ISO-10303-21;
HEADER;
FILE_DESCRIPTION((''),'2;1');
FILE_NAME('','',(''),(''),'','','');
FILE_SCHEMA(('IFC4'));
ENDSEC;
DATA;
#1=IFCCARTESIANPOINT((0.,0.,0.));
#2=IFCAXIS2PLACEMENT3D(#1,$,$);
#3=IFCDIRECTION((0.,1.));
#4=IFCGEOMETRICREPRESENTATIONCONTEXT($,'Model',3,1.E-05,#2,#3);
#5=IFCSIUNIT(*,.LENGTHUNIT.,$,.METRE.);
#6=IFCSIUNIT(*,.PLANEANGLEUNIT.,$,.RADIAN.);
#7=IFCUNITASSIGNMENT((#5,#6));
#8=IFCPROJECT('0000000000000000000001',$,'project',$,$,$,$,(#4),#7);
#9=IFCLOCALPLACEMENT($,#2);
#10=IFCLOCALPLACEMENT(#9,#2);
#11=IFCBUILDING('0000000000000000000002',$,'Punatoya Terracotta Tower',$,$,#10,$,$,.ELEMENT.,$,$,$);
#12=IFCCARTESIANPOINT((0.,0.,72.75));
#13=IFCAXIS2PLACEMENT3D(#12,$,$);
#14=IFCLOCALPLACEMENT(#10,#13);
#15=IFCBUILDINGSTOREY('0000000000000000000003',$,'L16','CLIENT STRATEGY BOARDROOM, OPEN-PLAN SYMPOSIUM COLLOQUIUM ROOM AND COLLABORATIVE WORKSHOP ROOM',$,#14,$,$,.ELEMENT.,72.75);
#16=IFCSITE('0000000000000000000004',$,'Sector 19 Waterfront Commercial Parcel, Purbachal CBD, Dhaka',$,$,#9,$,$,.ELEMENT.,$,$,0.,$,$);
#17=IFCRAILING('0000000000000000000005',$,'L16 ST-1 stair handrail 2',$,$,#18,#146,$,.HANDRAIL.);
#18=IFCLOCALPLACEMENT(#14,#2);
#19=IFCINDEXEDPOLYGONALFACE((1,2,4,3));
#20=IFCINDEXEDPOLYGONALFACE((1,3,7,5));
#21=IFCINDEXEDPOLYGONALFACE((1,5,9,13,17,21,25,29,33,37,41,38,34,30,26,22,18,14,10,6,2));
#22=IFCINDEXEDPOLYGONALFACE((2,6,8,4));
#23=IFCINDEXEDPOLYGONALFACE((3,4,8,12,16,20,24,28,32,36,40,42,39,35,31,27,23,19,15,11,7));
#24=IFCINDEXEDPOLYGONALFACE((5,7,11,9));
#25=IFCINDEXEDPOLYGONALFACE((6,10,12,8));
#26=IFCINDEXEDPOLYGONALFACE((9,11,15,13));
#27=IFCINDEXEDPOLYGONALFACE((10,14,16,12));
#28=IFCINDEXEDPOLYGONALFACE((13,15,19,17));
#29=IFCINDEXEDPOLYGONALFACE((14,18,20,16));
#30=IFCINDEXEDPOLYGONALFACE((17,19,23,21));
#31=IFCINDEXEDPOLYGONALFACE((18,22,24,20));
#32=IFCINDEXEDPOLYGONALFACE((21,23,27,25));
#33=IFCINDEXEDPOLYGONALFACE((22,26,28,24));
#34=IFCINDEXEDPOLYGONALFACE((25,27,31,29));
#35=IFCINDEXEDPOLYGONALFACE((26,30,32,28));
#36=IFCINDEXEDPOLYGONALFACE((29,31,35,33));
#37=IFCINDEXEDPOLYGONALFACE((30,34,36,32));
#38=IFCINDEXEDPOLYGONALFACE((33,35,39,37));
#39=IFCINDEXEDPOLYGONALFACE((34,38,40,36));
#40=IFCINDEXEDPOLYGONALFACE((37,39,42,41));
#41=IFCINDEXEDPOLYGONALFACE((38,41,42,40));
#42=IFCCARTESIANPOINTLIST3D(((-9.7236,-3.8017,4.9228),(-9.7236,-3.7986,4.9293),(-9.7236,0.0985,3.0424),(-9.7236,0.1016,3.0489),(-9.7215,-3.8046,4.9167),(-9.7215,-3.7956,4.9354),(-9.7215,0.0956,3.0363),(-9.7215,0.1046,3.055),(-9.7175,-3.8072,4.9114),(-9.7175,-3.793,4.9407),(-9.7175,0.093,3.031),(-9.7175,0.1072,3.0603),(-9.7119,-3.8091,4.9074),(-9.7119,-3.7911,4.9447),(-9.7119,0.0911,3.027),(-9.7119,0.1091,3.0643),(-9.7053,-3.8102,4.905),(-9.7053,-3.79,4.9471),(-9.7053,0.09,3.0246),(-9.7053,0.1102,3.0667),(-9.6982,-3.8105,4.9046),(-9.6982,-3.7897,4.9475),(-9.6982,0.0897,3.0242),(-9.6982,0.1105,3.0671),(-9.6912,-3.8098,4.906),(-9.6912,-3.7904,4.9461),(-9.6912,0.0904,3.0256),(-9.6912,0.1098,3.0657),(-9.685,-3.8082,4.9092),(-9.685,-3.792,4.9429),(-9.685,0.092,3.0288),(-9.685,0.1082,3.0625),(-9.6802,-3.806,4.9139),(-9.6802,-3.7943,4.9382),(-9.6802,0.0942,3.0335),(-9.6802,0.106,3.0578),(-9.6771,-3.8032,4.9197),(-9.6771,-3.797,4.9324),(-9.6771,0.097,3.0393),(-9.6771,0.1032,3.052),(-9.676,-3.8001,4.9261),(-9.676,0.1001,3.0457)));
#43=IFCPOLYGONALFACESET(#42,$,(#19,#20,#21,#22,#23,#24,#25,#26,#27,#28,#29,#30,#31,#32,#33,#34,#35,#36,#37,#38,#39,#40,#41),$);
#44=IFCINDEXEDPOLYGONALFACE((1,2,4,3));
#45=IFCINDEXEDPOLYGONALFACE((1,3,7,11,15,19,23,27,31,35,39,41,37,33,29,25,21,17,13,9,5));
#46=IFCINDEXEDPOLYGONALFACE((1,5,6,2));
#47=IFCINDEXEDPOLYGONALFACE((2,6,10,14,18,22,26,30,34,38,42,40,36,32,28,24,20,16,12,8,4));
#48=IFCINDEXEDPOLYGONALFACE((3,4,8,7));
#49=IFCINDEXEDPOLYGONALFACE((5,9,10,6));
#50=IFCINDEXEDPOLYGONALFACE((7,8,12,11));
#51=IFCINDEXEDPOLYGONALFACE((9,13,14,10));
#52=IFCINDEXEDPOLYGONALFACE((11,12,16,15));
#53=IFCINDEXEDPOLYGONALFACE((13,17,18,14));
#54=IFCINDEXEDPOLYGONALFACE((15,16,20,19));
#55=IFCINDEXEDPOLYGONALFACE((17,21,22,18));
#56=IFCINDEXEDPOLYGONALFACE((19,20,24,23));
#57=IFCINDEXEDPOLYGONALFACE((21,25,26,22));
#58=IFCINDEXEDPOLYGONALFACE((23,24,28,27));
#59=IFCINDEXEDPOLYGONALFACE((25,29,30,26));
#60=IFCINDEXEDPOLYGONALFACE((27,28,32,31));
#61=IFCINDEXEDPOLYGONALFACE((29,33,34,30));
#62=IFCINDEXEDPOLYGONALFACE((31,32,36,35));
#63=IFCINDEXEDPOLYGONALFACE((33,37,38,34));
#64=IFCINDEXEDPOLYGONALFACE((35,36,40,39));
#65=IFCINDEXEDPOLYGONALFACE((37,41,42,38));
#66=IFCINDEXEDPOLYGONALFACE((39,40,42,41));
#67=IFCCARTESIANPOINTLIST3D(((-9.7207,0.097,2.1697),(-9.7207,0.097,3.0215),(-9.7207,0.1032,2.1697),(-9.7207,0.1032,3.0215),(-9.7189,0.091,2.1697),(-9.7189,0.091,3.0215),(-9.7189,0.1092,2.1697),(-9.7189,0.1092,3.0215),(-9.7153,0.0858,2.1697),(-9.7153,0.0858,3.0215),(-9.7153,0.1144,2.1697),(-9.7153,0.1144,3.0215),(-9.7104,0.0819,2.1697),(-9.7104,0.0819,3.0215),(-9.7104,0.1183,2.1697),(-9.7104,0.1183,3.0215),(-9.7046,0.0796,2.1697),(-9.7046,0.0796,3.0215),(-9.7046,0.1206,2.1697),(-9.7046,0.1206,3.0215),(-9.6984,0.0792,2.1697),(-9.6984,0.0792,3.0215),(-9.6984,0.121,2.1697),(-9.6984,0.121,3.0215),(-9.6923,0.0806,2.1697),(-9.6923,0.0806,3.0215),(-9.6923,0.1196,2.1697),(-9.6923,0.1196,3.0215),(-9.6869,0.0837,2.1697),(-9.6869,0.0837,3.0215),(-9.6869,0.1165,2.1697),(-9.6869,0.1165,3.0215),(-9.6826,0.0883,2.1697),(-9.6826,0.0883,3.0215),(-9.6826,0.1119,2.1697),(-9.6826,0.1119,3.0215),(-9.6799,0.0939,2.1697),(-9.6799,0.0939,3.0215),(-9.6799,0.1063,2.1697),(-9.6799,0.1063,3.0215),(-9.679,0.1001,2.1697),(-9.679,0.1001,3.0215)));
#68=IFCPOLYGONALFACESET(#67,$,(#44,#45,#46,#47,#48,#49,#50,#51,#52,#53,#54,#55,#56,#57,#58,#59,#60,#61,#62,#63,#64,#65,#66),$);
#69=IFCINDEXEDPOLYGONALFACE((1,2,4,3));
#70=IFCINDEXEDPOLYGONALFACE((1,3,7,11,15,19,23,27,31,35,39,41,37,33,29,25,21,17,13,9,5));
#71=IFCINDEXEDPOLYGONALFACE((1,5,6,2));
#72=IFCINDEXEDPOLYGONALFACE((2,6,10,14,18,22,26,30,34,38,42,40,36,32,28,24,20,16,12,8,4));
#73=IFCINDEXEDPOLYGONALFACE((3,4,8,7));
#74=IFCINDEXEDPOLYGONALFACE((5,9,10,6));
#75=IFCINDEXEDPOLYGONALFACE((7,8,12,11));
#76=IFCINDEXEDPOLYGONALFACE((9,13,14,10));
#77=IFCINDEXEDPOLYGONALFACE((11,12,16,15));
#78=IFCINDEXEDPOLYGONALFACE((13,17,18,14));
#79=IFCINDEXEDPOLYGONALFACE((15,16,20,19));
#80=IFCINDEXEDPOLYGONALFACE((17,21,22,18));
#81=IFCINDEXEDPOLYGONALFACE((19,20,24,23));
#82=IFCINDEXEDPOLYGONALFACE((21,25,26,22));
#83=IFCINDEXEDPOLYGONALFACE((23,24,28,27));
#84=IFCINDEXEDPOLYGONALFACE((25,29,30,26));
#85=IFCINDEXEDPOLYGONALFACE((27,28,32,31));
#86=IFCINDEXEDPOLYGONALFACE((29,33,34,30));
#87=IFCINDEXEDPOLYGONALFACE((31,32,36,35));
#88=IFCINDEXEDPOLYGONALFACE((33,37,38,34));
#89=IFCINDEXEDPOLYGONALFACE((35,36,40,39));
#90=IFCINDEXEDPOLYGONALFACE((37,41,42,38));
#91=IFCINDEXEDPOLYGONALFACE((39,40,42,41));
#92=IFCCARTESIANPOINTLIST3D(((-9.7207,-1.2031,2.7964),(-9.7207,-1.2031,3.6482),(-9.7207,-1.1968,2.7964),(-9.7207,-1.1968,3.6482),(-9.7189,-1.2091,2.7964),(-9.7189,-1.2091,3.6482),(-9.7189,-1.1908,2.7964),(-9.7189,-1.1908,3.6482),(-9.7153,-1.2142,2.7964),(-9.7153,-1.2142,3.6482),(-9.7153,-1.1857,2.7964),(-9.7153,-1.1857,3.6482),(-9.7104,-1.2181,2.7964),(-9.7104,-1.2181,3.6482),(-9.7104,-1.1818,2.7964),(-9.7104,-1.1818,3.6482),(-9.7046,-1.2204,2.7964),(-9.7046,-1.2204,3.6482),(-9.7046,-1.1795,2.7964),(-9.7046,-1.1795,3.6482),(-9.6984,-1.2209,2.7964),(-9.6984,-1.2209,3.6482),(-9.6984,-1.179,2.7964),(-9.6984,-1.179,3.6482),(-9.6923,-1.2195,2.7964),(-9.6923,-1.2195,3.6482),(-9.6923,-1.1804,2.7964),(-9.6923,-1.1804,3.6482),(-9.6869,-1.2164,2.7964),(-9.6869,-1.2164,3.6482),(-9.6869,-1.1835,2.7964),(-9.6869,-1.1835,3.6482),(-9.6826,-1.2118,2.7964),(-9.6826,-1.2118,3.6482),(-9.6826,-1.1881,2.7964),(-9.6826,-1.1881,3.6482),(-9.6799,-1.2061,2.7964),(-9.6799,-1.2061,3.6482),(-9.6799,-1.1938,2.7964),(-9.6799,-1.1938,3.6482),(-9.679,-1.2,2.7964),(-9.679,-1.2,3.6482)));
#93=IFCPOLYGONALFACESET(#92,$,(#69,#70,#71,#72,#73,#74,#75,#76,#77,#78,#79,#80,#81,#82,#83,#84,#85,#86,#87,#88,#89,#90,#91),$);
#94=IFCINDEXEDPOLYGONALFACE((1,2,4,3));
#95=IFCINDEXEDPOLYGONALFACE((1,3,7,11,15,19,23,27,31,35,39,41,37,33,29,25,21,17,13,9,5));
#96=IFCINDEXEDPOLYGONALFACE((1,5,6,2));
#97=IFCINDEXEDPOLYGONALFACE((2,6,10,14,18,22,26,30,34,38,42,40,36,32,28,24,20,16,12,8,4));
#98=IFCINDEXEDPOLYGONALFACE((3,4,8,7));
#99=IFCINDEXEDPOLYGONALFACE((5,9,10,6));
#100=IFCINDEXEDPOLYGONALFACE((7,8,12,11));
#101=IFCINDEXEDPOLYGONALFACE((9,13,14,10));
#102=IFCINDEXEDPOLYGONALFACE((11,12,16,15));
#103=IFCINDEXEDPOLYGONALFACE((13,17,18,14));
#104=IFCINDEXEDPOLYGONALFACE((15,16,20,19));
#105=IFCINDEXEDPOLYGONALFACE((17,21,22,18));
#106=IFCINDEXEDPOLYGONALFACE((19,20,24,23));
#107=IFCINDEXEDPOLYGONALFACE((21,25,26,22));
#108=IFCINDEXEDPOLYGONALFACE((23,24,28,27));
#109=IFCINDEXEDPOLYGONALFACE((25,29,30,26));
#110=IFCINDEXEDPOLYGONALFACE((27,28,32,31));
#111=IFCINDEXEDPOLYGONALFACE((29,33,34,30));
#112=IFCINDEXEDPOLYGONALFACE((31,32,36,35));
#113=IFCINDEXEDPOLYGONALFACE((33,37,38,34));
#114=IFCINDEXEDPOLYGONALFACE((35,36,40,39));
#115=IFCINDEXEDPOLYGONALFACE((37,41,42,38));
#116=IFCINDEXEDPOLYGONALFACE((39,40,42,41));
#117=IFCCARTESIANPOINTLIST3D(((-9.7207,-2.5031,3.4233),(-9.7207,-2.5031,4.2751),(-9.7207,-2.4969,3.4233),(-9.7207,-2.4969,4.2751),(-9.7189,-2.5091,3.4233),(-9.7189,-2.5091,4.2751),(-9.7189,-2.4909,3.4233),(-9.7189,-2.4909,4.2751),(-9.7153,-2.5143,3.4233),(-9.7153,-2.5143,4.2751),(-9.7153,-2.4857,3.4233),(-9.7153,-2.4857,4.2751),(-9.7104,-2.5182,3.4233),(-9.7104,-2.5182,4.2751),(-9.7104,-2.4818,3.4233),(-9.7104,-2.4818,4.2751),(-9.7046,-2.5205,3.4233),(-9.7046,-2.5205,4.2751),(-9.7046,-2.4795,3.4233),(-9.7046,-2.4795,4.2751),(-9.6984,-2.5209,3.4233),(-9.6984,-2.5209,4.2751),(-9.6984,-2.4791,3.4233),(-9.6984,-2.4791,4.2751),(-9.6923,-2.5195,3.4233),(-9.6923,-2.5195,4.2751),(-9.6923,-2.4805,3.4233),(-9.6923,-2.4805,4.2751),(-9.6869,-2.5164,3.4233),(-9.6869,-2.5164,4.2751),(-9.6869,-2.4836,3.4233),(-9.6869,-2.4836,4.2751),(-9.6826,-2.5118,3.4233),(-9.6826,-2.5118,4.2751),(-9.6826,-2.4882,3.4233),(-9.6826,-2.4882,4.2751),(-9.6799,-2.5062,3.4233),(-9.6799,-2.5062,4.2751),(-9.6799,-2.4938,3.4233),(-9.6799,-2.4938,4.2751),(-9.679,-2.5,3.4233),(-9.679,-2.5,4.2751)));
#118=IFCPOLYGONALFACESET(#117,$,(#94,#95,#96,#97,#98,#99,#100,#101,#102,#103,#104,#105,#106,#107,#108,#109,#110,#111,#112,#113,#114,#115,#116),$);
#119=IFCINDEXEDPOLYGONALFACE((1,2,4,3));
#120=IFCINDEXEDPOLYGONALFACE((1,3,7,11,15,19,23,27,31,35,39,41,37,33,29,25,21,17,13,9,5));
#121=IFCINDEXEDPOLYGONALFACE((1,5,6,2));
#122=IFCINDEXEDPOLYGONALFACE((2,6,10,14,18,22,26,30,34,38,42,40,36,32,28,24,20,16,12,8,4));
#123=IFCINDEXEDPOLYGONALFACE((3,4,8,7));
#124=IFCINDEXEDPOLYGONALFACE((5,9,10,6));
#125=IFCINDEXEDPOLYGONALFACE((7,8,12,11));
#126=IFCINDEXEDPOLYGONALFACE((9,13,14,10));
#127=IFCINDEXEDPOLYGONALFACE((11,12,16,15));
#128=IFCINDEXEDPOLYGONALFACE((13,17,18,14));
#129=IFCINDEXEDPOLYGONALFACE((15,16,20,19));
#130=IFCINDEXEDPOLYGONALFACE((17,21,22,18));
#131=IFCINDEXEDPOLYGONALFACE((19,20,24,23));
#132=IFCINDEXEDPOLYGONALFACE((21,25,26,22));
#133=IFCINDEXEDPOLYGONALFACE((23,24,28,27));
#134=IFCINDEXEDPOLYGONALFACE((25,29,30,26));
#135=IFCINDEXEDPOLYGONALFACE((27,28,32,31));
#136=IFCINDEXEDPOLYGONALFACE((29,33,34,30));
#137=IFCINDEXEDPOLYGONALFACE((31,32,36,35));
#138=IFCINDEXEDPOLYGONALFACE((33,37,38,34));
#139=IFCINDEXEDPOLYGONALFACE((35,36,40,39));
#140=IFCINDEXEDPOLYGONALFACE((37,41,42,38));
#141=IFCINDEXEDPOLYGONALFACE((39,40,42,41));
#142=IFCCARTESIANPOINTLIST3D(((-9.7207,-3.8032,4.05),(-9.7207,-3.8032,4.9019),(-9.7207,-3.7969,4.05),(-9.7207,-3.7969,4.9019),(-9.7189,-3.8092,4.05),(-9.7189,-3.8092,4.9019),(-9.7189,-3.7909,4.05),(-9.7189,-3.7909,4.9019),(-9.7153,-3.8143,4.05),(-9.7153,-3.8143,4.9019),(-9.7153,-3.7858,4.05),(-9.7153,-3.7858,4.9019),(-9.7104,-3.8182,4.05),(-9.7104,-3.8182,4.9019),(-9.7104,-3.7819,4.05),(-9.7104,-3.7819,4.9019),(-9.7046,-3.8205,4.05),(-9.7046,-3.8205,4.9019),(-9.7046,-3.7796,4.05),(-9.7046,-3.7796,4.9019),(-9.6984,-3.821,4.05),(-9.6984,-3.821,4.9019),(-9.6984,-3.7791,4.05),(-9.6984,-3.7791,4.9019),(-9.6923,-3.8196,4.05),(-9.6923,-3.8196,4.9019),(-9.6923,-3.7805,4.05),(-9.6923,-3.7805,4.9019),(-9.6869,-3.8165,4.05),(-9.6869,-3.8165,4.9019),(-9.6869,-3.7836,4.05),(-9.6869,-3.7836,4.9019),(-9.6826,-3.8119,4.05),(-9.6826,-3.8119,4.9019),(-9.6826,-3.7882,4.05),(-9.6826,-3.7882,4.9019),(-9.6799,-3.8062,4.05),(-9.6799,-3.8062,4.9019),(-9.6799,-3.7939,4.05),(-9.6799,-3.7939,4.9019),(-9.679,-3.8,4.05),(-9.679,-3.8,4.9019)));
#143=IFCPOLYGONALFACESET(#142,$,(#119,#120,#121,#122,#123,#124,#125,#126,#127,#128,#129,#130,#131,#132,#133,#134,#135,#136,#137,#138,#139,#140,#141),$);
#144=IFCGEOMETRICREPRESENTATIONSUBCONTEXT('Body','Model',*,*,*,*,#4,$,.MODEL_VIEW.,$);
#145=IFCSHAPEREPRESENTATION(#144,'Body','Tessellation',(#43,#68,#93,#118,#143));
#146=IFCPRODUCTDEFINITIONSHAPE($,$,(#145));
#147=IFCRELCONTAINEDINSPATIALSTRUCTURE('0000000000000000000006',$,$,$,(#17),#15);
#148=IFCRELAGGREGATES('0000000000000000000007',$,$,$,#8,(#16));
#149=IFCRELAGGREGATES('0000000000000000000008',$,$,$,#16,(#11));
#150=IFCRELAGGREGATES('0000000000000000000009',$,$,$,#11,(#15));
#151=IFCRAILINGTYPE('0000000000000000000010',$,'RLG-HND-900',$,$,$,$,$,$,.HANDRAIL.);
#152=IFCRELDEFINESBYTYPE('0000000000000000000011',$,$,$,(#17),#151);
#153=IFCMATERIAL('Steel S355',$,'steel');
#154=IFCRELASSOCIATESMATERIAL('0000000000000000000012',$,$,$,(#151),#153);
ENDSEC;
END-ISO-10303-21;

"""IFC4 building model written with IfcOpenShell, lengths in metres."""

from ifc_helpers import new_model, si_unit, direction, frame, origin, origin_2d, place, context, subcontext, project, spatial, circle, extrude, material, type_object, element, save


model = new_model("IFC4")

# Units and contexts
model_context = context("Model", 3, precision=1e-05, world=origin(), true_north=direction((0.0, 1.0)))
body_context = subcontext(model_context, "Body", "Model", "MODEL_VIEW")
ifc_project = project(units=[si_unit("LENGTHUNIT", "METRE"), si_unit("PLANEANGLEUNIT", "RADIAN")], contexts=[model_context])

# Site, building, storey
site_placement = place(None, origin())
site = spatial("IfcSite", under=ifc_project, at=site_placement, Name="Sector 19 Waterfront Commercial Parcel, Purbachal CBD, Dhaka", CompositionType="ELEMENT", RefElevation=0.0)
building_placement = place(site_placement, origin())
building = spatial("IfcBuilding", under=site, at=building_placement, Name="Punatoya Terracotta Tower", CompositionType="ELEMENT")
storey_placement = place(building_placement, frame((0.0, 0.0, 72.75)))
storey = spatial("IfcBuildingStorey", under=building, at=storey_placement, Name="L16", Description="CLIENT STRATEGY BOARDROOM, OPEN-PLAN SYMPOSIUM COLLOQUIUM ROOM AND COLLABORATIVE WORKSHOP ROOM", CompositionType="ELEMENT", Elevation=72.75)

# Shared definitions
ifc_material_1 = material(Name="Steel S355", Category="steel")

# Railing
railing_type_1 = type_object("IfcRailingType", Name="RLG-HND-900", PredefinedType="HANDRAIL", material=ifc_material_1)
railing_1_placement = place(storey_placement, frame((-9.7, 0.1001, 2.1697)))
element("IfcRailing", 1, at=railing_1_placement, inside=storey, type_object=railing_type_1, Name="L16 ST-1 stair handrail 2", PredefinedType="HANDRAIL", context=body_context, shape_type="SweptSolid", body=[
    extrude(circle(Radius=0.0239, at=origin_2d()), frame((0.0, 0.0, 0.876), z_axis=(0.0, -0.900774, 0.434289), x_axis=(1.0, 0.0, 0.0)), (0.0, 0.0, 1.0), 4.3298),
    extrude(circle(Radius=0.021, at=origin_2d()), origin(), (0.0, 0.0, 1.0), 0.8518),
    extrude(circle(Radius=0.021, at=origin_2d()), frame((0.0, -1.3, 0.6267)), (0.0, 0.0, 1.0), 0.8518),
    extrude(circle(Radius=0.021, at=origin_2d()), frame((0.0, -2.6001, 1.2537)), (0.0, 0.0, 1.0), 0.8518),
    extrude(circle(Radius=0.021, at=origin_2d()), frame((0.0, -3.9001, 1.8804)), (0.0, 0.0, 1.0), 0.8518),
])

save(model, "model.ifc")
